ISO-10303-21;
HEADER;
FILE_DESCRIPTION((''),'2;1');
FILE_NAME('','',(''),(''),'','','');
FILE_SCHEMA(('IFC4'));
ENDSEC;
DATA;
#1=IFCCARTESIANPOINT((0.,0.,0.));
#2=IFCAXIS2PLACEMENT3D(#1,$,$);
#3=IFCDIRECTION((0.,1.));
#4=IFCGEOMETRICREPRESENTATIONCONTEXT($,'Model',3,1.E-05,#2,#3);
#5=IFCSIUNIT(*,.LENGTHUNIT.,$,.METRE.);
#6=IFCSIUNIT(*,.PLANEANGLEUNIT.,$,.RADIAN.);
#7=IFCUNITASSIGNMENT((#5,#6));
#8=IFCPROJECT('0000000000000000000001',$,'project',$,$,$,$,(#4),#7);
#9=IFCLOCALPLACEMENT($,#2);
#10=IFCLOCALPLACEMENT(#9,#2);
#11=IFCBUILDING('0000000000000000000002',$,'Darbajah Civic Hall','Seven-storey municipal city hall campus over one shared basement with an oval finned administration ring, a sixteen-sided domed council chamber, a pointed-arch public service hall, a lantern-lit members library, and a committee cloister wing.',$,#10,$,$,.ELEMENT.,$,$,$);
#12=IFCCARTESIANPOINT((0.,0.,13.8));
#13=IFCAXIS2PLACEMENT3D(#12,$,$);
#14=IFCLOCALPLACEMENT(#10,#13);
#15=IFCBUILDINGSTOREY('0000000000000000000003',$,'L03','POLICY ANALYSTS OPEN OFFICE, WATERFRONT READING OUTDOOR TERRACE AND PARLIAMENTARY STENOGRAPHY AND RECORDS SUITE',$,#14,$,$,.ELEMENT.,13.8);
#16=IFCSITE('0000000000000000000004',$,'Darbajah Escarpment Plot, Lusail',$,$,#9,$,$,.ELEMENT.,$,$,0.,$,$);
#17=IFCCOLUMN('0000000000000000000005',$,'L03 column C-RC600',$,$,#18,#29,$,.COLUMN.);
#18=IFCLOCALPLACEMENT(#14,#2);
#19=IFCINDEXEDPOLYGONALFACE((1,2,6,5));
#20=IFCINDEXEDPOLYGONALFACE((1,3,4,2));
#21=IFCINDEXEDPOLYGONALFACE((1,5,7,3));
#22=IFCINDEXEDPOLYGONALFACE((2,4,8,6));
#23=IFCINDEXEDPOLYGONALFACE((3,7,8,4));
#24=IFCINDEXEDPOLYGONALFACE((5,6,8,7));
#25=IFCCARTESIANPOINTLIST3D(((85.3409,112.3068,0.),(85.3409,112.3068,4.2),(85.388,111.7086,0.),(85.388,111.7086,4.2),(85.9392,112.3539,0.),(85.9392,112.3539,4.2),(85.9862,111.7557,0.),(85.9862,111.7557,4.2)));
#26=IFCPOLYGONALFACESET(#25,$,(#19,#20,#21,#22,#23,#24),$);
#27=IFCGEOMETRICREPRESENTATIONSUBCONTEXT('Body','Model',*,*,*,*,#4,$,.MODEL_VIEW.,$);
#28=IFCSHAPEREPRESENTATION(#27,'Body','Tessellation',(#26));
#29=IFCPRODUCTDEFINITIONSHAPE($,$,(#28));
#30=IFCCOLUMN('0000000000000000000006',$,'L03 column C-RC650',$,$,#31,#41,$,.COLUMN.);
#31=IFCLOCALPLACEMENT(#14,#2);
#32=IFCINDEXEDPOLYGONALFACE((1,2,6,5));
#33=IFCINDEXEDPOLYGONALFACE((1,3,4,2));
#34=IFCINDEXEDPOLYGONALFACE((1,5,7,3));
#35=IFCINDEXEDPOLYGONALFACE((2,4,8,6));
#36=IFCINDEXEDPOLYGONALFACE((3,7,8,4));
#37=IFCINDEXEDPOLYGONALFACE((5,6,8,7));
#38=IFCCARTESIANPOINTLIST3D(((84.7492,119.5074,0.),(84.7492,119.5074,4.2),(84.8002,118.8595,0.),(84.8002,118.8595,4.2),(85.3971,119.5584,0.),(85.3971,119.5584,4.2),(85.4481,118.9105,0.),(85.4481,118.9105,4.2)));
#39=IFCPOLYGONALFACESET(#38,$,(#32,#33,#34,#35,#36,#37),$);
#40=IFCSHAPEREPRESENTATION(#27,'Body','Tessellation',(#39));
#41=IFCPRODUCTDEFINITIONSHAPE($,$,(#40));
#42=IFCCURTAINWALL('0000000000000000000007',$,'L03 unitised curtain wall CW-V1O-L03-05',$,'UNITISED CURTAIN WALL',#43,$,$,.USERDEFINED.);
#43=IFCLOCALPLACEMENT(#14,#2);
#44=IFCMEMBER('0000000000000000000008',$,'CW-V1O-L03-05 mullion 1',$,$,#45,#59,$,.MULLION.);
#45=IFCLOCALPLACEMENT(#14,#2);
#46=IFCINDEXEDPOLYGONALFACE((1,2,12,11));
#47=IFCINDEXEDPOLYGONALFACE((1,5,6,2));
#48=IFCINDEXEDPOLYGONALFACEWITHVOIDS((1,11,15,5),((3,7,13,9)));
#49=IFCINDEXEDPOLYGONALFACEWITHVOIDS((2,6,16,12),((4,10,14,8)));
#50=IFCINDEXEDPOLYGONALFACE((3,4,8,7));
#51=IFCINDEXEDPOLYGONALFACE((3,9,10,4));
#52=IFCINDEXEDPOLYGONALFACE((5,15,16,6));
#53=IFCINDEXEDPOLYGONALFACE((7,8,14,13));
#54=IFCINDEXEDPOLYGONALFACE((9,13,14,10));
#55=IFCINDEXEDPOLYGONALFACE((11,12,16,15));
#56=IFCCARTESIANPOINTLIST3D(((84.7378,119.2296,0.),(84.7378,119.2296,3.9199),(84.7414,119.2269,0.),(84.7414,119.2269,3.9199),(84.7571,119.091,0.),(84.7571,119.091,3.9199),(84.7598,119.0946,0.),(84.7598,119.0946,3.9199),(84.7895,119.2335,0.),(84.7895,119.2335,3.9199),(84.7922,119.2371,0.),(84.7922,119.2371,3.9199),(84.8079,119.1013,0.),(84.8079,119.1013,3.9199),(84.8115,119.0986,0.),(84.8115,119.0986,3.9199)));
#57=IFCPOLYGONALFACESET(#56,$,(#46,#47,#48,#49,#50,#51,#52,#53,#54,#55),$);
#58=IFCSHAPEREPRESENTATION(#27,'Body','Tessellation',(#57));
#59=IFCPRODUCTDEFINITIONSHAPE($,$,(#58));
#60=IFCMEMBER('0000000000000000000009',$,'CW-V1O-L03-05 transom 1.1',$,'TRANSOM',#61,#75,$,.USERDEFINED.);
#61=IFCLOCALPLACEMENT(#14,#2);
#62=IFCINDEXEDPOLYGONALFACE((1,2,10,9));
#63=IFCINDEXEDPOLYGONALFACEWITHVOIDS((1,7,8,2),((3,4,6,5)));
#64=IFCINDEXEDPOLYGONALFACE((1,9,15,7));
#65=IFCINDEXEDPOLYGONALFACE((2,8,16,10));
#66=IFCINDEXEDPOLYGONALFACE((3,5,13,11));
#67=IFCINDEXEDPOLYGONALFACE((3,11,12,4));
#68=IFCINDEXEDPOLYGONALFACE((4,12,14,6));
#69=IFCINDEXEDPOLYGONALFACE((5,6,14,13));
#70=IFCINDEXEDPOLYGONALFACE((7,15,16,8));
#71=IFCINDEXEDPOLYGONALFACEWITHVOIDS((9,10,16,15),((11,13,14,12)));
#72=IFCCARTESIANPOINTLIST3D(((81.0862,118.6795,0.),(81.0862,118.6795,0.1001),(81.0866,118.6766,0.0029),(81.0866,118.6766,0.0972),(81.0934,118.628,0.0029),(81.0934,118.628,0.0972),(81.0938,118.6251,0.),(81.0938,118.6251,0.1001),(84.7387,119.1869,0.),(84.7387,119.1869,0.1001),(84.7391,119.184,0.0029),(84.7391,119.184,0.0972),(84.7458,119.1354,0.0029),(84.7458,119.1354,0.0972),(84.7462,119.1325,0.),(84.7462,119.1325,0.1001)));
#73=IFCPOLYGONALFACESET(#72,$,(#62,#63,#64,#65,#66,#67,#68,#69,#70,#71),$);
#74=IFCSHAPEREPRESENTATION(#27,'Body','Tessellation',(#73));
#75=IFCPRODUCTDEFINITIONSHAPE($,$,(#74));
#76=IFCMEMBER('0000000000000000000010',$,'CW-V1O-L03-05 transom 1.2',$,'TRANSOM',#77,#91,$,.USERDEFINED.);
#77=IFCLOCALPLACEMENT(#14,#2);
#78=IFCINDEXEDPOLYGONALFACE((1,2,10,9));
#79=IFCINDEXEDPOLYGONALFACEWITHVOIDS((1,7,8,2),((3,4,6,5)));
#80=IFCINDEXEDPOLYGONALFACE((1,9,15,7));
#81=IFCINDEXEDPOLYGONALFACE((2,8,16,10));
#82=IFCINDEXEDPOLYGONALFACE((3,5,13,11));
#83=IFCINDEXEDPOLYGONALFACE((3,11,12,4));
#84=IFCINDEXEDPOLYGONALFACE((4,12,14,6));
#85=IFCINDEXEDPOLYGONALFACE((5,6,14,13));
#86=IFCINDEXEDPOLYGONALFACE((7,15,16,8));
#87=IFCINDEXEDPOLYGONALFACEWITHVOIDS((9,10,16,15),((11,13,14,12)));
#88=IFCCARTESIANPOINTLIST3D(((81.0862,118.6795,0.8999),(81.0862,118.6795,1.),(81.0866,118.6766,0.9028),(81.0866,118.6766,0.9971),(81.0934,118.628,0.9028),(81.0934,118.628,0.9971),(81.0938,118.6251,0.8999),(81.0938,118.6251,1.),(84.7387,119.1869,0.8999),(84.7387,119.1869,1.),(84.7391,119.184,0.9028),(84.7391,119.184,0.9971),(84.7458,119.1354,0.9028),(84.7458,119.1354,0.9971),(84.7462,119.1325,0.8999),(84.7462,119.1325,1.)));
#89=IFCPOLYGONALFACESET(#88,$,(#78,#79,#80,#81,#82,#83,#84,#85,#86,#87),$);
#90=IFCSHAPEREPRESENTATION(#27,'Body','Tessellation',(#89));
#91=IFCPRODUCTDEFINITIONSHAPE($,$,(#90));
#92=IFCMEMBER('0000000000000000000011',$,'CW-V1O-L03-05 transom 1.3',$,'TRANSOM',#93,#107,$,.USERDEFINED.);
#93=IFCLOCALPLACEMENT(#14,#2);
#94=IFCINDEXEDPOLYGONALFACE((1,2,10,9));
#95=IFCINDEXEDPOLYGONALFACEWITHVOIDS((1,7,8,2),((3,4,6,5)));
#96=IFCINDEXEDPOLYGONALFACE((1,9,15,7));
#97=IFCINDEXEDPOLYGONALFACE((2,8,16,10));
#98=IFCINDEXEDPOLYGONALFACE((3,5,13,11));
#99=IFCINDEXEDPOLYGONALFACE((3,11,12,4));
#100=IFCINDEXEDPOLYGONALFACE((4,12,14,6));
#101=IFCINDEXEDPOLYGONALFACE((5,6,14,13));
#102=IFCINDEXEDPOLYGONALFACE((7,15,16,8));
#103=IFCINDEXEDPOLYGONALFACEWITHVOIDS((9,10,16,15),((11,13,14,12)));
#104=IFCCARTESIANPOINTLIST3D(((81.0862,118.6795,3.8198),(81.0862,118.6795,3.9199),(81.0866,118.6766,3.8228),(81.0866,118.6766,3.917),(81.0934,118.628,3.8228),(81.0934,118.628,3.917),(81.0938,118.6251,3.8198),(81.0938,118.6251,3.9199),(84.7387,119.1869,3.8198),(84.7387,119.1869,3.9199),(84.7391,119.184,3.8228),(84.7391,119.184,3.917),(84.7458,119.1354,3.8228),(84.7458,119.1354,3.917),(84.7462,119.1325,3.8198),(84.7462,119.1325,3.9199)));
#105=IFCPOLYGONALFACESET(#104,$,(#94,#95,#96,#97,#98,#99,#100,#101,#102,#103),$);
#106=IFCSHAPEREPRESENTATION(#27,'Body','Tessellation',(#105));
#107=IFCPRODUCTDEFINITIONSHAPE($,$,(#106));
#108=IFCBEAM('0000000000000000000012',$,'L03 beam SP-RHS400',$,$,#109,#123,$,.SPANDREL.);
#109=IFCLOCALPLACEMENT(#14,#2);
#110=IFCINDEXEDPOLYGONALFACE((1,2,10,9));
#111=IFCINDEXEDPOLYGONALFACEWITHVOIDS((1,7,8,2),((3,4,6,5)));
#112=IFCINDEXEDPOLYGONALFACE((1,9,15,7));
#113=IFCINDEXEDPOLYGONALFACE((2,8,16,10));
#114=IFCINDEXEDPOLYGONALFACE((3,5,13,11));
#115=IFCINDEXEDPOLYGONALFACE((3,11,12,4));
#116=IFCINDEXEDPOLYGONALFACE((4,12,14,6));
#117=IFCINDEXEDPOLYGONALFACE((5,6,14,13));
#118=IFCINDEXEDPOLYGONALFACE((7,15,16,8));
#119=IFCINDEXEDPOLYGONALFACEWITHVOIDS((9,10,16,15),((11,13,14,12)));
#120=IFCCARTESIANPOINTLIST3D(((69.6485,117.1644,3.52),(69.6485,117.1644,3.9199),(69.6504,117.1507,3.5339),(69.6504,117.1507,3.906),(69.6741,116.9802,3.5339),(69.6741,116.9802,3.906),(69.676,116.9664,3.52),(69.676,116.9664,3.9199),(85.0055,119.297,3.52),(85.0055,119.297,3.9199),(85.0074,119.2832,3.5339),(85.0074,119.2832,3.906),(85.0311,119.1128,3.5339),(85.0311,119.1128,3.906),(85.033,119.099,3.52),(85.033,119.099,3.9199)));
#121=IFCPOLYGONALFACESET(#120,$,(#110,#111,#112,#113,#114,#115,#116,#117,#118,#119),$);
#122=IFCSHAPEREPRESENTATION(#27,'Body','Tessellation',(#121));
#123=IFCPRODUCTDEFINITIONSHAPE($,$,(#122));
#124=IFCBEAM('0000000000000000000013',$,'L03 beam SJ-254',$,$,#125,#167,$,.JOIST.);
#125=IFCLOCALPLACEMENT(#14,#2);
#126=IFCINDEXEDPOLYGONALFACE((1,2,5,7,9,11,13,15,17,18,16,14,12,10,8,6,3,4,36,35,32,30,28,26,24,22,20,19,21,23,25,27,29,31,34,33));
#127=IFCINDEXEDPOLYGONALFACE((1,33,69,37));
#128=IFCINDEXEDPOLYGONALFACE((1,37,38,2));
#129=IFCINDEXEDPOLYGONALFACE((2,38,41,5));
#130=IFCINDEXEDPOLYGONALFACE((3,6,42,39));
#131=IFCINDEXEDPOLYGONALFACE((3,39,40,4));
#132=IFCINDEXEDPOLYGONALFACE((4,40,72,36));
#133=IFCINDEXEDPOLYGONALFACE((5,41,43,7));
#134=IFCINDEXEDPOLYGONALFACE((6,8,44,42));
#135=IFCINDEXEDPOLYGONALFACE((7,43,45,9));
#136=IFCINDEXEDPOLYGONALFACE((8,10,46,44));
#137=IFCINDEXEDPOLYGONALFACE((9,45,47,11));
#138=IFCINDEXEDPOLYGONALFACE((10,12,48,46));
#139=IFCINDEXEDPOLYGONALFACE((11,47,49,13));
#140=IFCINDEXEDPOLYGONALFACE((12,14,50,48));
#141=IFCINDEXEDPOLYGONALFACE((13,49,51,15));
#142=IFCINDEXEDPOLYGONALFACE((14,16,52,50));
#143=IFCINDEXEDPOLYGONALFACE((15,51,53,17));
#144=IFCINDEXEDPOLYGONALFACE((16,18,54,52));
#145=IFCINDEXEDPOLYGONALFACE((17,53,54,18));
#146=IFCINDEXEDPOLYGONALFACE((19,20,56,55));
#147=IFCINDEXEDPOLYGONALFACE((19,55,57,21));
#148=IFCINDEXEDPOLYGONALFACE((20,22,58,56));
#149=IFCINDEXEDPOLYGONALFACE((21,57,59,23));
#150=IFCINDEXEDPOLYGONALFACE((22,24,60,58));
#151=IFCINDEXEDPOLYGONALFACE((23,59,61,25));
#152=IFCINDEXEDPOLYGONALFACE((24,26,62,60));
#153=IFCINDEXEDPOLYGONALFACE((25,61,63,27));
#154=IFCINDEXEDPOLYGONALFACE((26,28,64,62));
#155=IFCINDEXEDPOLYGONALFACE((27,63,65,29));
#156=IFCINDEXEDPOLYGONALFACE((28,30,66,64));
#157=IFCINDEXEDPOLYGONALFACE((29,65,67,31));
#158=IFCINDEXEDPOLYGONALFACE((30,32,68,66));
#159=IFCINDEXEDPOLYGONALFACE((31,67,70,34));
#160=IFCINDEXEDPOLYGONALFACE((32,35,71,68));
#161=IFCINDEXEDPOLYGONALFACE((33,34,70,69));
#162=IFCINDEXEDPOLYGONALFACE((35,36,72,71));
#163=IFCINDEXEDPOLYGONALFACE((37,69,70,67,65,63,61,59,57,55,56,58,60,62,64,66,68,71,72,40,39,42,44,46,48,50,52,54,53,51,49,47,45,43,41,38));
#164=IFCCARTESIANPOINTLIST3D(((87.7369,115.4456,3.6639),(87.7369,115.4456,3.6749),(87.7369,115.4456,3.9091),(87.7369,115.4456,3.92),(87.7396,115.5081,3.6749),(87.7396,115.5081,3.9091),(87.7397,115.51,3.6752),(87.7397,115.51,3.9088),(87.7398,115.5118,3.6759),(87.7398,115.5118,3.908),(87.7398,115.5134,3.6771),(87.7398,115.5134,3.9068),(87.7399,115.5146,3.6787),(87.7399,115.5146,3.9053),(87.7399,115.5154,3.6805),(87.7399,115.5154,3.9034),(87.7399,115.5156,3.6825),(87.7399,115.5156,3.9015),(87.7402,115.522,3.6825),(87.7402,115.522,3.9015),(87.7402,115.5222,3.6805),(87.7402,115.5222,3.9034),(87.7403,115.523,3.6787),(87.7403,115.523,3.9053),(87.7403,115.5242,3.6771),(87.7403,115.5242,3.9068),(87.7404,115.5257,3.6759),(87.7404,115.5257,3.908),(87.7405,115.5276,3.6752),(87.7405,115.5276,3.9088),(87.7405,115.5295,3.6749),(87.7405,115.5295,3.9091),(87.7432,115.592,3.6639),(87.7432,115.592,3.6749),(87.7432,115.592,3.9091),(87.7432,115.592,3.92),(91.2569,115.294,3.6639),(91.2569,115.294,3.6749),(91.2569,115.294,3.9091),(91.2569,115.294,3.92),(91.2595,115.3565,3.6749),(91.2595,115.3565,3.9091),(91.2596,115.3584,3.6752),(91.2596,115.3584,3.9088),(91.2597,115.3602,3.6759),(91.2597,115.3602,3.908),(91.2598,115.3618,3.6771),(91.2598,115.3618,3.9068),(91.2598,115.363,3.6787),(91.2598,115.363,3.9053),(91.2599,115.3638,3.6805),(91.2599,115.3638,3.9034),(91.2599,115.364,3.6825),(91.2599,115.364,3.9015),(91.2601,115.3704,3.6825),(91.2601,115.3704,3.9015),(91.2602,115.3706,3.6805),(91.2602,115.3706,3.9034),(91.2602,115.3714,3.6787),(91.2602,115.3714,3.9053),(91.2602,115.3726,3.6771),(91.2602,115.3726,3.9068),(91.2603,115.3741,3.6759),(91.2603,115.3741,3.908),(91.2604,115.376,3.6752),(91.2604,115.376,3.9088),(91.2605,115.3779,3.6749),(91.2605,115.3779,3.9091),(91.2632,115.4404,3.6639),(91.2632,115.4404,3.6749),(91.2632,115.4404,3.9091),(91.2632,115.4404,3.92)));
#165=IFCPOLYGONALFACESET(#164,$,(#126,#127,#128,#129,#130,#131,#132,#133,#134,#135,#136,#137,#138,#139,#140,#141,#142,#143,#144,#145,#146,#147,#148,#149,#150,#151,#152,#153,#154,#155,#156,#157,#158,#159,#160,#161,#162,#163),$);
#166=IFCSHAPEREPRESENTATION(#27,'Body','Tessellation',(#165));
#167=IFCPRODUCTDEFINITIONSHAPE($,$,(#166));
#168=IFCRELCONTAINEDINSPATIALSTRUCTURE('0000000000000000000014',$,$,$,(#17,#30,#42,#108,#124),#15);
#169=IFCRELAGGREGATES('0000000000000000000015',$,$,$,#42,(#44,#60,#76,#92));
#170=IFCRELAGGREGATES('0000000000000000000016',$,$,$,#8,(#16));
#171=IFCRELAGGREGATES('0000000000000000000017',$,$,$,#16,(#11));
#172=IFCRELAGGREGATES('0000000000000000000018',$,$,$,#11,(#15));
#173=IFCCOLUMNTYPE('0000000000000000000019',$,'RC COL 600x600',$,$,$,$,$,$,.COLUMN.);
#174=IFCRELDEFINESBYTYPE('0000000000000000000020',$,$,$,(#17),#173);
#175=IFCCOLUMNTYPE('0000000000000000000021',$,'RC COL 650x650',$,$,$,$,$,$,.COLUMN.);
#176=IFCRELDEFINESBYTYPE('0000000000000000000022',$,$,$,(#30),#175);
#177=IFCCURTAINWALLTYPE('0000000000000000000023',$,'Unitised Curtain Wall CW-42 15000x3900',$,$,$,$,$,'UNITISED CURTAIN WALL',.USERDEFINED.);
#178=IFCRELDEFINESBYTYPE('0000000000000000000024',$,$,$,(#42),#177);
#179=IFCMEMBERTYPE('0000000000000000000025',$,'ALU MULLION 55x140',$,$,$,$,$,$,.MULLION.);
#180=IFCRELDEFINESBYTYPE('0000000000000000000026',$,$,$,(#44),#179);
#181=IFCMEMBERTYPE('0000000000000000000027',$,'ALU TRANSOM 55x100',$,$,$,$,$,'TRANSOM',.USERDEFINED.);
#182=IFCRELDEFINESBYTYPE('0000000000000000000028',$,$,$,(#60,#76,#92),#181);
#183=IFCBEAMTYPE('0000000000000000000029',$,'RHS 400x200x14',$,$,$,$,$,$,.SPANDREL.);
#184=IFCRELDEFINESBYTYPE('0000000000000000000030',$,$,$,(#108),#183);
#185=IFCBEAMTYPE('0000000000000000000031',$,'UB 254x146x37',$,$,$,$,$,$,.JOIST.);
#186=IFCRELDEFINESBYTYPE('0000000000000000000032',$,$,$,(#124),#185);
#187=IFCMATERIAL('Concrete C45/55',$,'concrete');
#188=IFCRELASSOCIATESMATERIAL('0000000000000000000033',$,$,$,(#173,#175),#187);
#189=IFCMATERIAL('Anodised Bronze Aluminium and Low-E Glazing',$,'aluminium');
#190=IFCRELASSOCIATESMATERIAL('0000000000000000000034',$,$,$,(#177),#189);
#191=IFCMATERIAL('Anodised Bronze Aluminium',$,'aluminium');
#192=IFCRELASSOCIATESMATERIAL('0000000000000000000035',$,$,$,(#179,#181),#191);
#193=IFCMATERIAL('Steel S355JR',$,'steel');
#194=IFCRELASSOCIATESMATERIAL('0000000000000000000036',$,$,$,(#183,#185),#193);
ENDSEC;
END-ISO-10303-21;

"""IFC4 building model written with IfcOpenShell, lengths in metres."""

from ifc_helpers import new_model, si_unit, direction, frame, origin, origin_2d, place, context, subcontext, project, spatial, rectangle, hollow_rectangle, i_section, extrude, material, material_profile, profile_set, type_object, element, aggregate, save


model = new_model("IFC4")

# Units and contexts
model_context = context("Model", 3, precision=1e-05, world=origin(), true_north=direction((0.0, 1.0)))
body_context = subcontext(model_context, "Body", "Model", "MODEL_VIEW")
ifc_project = project(units=[si_unit("LENGTHUNIT", "METRE"), si_unit("PLANEANGLEUNIT", "RADIAN")], contexts=[model_context])

# Site, building, storey
site_placement = place(None, origin())
site = spatial("IfcSite", under=ifc_project, at=site_placement, Name="Darbajah Escarpment Plot, Lusail", CompositionType="ELEMENT", RefElevation=0.0)
building_placement = place(site_placement, origin())
building = spatial("IfcBuilding", under=site, at=building_placement, Name="Darbajah Civic Hall", Description="Seven-storey municipal city hall campus over one shared basement with an oval finned administration ring, a sixteen-sided domed council chamber, a pointed-arch public service hall, a lantern-lit members library, and a committee cloister wing.", CompositionType="ELEMENT")
storey_placement = place(building_placement, frame((0.0, 0.0, 13.8)))
storey = spatial("IfcBuildingStorey", under=building, at=storey_placement, Name="L03", Description="POLICY ANALYSTS OPEN OFFICE, WATERFRONT READING OUTDOOR TERRACE AND PARLIAMENTARY STENOGRAPHY AND RECORDS SUITE", CompositionType="ELEMENT", Elevation=13.8)

# Columns
ifc_material_1 = material(Name="Concrete C45/55", Category="concrete")
ifc_material_profile_1 = material_profile(ifc_material_1, rectangle(XDim=0.6001, YDim=0.6001, at=origin_2d()), Name="RC COL 600x600")
ifc_profile_set_1 = profile_set([ifc_material_profile_1], Name="Concrete C45/55")
column_type_1 = type_object("IfcColumnType", Name="RC COL 600x600", PredefinedType="COLUMN", material=ifc_profile_set_1)
column_1_placement = place(storey_placement, frame((85.6636, 112.0312, 0.0), z_axis=(0.0, 0.0, 1.0), x_axis=(-0.078459, 0.996917, 0.0)))
element("IfcColumn", 1, at=column_1_placement, inside=storey, type_object=column_type_1, Name="L03 column C-RC600", PredefinedType="COLUMN", context=body_context, shape_type="SweptSolid", body=[
    extrude(rectangle(XDim=0.6001, YDim=0.6001, at=origin_2d()), origin(), (0.0, 0.0, 1.0), 4.2),
])
ifc_material_profile_2 = material_profile(ifc_material_1, rectangle(XDim=0.6499, YDim=0.6499, at=origin_2d()), Name="RC COL 650x650")
ifc_profile_set_2 = profile_set([ifc_material_profile_2], Name="Concrete C45/55")
column_type_2 = type_object("IfcColumnType", Name="RC COL 650x650", PredefinedType="COLUMN", material=ifc_profile_set_2)
column_2_placement = place(storey_placement, frame((85.0986, 119.209, 0.0), z_axis=(0.0, 0.0, 1.0), x_axis=(-0.078459, 0.996917, 0.0)))
element("IfcColumn", 2, at=column_2_placement, inside=storey, type_object=column_type_2, Name="L03 column C-RC650", PredefinedType="COLUMN", context=body_context, shape_type="SweptSolid", body=[
    extrude(rectangle(XDim=0.6499, YDim=0.6499, at=origin_2d()), origin(), (0.0, 0.0, 1.0), 4.2),
])

# Curtain wall, members
ifc_material_2 = material(Name="Anodised Bronze Aluminium and Low-E Glazing", Category="aluminium")
curtain_wall_type = type_object("IfcCurtainWallType", Name="Unitised Curtain Wall CW-42 15000x3900", ElementType="UNITISED CURTAIN WALL", PredefinedType="USERDEFINED", material=ifc_material_2)
curtain_wall_placement = place(storey_placement, origin())
curtain_wall = element("IfcCurtainWall", 3, at=curtain_wall_placement, inside=storey, type_object=curtain_wall_type, Name="L03 unitised curtain wall CW-V1O-L03-05", ObjectType="UNITISED CURTAIN WALL", PredefinedType="USERDEFINED")
ifc_material_3 = material(Name="Anodised Bronze Aluminium", Category="aluminium")
ifc_material_profile_3 = material_profile(ifc_material_3, hollow_rectangle(XDim=0.0549, YDim=0.1399, WallThickness=0.0032, at=origin_2d()), Name="ALU MULLION 55x140")
ifc_profile_set_3 = profile_set([ifc_material_profile_3], Name="Anodised Bronze Aluminium")
member_type_1 = type_object("IfcMemberType", Name="ALU MULLION 55x140", PredefinedType="MULLION", material=ifc_profile_set_3)
member_1_placement = place(storey_placement, frame((84.7747, 119.1641, 0.0), z_axis=(0.0, 0.0, 1.0), x_axis=(-0.990485, -0.137617, 0.0)))
member_1 = element("IfcMember", 4, at=member_1_placement, type_object=member_type_1, Name="CW-V1O-L03-05 mullion 1", PredefinedType="MULLION", context=body_context, shape_type="SweptSolid", body=[
    extrude(hollow_rectangle(XDim=0.0549, YDim=0.1399, WallThickness=0.0032, at=origin_2d()), origin(), (0.0, 0.0, 1.0), 3.9199),
])
ifc_material_profile_4 = material_profile(ifc_material_3, hollow_rectangle(XDim=0.0549, YDim=0.1001, WallThickness=0.0029, at=origin_2d()), Name="ALU TRANSOM 55x100")
ifc_profile_set_4 = profile_set([ifc_material_profile_4], Name="Anodised Bronze Aluminium")
member_type_2 = type_object("IfcMemberType", Name="ALU TRANSOM 55x100", ElementType="TRANSOM", PredefinedType="USERDEFINED", material=ifc_profile_set_4)
member_2_placement = place(storey_placement, frame((84.7424, 119.1597, 0.05), z_axis=(-0.99049, -0.137583, 0.0), x_axis=(0.137583, -0.99049, 0.0)))
member_2 = element("IfcMember", 5, at=member_2_placement, type_object=member_type_2, Name="CW-V1O-L03-05 transom 1.1", ObjectType="TRANSOM", PredefinedType="USERDEFINED", context=body_context, shape_type="SweptSolid", body=[
    extrude(hollow_rectangle(XDim=0.0549, YDim=0.1001, WallThickness=0.0029, at=origin_2d()), origin(), (0.0, 0.0, 1.0), 3.6875),
])
member_3_placement = place(storey_placement, frame((84.7424, 119.1597, 0.95), z_axis=(-0.99049, -0.137583, 0.0), x_axis=(0.137583, -0.99049, 0.0)))
member_3 = element("IfcMember", 6, at=member_3_placement, type_object=member_type_2, Name="CW-V1O-L03-05 transom 1.2", ObjectType="TRANSOM", PredefinedType="USERDEFINED", context=body_context, shape_type="SweptSolid", body=[
    extrude(hollow_rectangle(XDim=0.0549, YDim=0.1001, WallThickness=0.0029, at=origin_2d()), origin(), (0.0, 0.0, 1.0), 3.6875),
])
member_4_placement = place(storey_placement, frame((84.7424, 119.1597, 3.8699), z_axis=(-0.99049, -0.137583, 0.0), x_axis=(0.137583, -0.99049, 0.0)))
member_4 = element("IfcMember", 7, at=member_4_placement, type_object=member_type_2, Name="CW-V1O-L03-05 transom 1.3", ObjectType="TRANSOM", PredefinedType="USERDEFINED", context=body_context, shape_type="SweptSolid", body=[
    extrude(hollow_rectangle(XDim=0.0549, YDim=0.1001, WallThickness=0.0029, at=origin_2d()), origin(), (0.0, 0.0, 1.0), 3.6875),
])
aggregate(curtain_wall, [member_1, member_2, member_3, member_4])

# Beams
ifc_material_4 = material(Name="Steel S355JR", Category="steel")
ifc_material_profile_5 = material_profile(ifc_material_4, hollow_rectangle(XDim=0.2, YDim=0.3999, WallThickness=0.0139, at=origin_2d()), Name="RHS 400x200x14")
ifc_profile_set_5 = profile_set([ifc_material_profile_5], Name="Steel S355JR")
beam_type_1 = type_object("IfcBeamType", Name="RHS 400x200x14", PredefinedType="SPANDREL", material=ifc_profile_set_5)
beam_1_placement = place(storey_placement, frame((85.0193, 119.198, 3.72), z_axis=(-0.990495, -0.137547, 0.0), x_axis=(0.137547, -0.990495, 0.0)))
element("IfcBeam", 8, at=beam_1_placement, inside=storey, type_object=beam_type_1, Name="L03 beam SP-RHS400", PredefinedType="SPANDREL", context=body_context, shape_type="SweptSolid", body=[
    extrude(hollow_rectangle(XDim=0.2, YDim=0.3999, WallThickness=0.0139, at=origin_2d()), origin(), (0.0, 0.0, 1.0), 15.5044),
])
ifc_material_profile_6 = material_profile(ifc_material_4, i_section(OverallWidth=0.1465, OverallDepth=0.2561, WebThickness=0.0063, FlangeThickness=0.011, FilletRadius=0.0076, at=origin_2d()), Name="UB 254x146x37")
ifc_profile_set_6 = profile_set([ifc_material_profile_6], Name="Steel S355JR")
beam_type_2 = type_object("IfcBeamType", Name="UB 254x146x37", PredefinedType="JOIST", material=ifc_profile_set_6)
beam_2_placement = place(storey_placement, frame((91.26, 115.3672, 3.792), z_axis=(-0.999074, 0.043031, 0.0), x_axis=(-0.043031, -0.999074, 0.0)))
element("IfcBeam", 9, at=beam_2_placement, inside=storey, type_object=beam_type_2, Name="L03 beam SJ-254", PredefinedType="JOIST", context=body_context, shape_type="SweptSolid", body=[
    extrude(i_section(OverallWidth=0.1465, OverallDepth=0.2561, WebThickness=0.0063, FlangeThickness=0.011, FilletRadius=0.0076, at=origin_2d()), origin(), (0.0, 0.0, 1.0), 3.5232),
])

save(model, "model.ifc")
